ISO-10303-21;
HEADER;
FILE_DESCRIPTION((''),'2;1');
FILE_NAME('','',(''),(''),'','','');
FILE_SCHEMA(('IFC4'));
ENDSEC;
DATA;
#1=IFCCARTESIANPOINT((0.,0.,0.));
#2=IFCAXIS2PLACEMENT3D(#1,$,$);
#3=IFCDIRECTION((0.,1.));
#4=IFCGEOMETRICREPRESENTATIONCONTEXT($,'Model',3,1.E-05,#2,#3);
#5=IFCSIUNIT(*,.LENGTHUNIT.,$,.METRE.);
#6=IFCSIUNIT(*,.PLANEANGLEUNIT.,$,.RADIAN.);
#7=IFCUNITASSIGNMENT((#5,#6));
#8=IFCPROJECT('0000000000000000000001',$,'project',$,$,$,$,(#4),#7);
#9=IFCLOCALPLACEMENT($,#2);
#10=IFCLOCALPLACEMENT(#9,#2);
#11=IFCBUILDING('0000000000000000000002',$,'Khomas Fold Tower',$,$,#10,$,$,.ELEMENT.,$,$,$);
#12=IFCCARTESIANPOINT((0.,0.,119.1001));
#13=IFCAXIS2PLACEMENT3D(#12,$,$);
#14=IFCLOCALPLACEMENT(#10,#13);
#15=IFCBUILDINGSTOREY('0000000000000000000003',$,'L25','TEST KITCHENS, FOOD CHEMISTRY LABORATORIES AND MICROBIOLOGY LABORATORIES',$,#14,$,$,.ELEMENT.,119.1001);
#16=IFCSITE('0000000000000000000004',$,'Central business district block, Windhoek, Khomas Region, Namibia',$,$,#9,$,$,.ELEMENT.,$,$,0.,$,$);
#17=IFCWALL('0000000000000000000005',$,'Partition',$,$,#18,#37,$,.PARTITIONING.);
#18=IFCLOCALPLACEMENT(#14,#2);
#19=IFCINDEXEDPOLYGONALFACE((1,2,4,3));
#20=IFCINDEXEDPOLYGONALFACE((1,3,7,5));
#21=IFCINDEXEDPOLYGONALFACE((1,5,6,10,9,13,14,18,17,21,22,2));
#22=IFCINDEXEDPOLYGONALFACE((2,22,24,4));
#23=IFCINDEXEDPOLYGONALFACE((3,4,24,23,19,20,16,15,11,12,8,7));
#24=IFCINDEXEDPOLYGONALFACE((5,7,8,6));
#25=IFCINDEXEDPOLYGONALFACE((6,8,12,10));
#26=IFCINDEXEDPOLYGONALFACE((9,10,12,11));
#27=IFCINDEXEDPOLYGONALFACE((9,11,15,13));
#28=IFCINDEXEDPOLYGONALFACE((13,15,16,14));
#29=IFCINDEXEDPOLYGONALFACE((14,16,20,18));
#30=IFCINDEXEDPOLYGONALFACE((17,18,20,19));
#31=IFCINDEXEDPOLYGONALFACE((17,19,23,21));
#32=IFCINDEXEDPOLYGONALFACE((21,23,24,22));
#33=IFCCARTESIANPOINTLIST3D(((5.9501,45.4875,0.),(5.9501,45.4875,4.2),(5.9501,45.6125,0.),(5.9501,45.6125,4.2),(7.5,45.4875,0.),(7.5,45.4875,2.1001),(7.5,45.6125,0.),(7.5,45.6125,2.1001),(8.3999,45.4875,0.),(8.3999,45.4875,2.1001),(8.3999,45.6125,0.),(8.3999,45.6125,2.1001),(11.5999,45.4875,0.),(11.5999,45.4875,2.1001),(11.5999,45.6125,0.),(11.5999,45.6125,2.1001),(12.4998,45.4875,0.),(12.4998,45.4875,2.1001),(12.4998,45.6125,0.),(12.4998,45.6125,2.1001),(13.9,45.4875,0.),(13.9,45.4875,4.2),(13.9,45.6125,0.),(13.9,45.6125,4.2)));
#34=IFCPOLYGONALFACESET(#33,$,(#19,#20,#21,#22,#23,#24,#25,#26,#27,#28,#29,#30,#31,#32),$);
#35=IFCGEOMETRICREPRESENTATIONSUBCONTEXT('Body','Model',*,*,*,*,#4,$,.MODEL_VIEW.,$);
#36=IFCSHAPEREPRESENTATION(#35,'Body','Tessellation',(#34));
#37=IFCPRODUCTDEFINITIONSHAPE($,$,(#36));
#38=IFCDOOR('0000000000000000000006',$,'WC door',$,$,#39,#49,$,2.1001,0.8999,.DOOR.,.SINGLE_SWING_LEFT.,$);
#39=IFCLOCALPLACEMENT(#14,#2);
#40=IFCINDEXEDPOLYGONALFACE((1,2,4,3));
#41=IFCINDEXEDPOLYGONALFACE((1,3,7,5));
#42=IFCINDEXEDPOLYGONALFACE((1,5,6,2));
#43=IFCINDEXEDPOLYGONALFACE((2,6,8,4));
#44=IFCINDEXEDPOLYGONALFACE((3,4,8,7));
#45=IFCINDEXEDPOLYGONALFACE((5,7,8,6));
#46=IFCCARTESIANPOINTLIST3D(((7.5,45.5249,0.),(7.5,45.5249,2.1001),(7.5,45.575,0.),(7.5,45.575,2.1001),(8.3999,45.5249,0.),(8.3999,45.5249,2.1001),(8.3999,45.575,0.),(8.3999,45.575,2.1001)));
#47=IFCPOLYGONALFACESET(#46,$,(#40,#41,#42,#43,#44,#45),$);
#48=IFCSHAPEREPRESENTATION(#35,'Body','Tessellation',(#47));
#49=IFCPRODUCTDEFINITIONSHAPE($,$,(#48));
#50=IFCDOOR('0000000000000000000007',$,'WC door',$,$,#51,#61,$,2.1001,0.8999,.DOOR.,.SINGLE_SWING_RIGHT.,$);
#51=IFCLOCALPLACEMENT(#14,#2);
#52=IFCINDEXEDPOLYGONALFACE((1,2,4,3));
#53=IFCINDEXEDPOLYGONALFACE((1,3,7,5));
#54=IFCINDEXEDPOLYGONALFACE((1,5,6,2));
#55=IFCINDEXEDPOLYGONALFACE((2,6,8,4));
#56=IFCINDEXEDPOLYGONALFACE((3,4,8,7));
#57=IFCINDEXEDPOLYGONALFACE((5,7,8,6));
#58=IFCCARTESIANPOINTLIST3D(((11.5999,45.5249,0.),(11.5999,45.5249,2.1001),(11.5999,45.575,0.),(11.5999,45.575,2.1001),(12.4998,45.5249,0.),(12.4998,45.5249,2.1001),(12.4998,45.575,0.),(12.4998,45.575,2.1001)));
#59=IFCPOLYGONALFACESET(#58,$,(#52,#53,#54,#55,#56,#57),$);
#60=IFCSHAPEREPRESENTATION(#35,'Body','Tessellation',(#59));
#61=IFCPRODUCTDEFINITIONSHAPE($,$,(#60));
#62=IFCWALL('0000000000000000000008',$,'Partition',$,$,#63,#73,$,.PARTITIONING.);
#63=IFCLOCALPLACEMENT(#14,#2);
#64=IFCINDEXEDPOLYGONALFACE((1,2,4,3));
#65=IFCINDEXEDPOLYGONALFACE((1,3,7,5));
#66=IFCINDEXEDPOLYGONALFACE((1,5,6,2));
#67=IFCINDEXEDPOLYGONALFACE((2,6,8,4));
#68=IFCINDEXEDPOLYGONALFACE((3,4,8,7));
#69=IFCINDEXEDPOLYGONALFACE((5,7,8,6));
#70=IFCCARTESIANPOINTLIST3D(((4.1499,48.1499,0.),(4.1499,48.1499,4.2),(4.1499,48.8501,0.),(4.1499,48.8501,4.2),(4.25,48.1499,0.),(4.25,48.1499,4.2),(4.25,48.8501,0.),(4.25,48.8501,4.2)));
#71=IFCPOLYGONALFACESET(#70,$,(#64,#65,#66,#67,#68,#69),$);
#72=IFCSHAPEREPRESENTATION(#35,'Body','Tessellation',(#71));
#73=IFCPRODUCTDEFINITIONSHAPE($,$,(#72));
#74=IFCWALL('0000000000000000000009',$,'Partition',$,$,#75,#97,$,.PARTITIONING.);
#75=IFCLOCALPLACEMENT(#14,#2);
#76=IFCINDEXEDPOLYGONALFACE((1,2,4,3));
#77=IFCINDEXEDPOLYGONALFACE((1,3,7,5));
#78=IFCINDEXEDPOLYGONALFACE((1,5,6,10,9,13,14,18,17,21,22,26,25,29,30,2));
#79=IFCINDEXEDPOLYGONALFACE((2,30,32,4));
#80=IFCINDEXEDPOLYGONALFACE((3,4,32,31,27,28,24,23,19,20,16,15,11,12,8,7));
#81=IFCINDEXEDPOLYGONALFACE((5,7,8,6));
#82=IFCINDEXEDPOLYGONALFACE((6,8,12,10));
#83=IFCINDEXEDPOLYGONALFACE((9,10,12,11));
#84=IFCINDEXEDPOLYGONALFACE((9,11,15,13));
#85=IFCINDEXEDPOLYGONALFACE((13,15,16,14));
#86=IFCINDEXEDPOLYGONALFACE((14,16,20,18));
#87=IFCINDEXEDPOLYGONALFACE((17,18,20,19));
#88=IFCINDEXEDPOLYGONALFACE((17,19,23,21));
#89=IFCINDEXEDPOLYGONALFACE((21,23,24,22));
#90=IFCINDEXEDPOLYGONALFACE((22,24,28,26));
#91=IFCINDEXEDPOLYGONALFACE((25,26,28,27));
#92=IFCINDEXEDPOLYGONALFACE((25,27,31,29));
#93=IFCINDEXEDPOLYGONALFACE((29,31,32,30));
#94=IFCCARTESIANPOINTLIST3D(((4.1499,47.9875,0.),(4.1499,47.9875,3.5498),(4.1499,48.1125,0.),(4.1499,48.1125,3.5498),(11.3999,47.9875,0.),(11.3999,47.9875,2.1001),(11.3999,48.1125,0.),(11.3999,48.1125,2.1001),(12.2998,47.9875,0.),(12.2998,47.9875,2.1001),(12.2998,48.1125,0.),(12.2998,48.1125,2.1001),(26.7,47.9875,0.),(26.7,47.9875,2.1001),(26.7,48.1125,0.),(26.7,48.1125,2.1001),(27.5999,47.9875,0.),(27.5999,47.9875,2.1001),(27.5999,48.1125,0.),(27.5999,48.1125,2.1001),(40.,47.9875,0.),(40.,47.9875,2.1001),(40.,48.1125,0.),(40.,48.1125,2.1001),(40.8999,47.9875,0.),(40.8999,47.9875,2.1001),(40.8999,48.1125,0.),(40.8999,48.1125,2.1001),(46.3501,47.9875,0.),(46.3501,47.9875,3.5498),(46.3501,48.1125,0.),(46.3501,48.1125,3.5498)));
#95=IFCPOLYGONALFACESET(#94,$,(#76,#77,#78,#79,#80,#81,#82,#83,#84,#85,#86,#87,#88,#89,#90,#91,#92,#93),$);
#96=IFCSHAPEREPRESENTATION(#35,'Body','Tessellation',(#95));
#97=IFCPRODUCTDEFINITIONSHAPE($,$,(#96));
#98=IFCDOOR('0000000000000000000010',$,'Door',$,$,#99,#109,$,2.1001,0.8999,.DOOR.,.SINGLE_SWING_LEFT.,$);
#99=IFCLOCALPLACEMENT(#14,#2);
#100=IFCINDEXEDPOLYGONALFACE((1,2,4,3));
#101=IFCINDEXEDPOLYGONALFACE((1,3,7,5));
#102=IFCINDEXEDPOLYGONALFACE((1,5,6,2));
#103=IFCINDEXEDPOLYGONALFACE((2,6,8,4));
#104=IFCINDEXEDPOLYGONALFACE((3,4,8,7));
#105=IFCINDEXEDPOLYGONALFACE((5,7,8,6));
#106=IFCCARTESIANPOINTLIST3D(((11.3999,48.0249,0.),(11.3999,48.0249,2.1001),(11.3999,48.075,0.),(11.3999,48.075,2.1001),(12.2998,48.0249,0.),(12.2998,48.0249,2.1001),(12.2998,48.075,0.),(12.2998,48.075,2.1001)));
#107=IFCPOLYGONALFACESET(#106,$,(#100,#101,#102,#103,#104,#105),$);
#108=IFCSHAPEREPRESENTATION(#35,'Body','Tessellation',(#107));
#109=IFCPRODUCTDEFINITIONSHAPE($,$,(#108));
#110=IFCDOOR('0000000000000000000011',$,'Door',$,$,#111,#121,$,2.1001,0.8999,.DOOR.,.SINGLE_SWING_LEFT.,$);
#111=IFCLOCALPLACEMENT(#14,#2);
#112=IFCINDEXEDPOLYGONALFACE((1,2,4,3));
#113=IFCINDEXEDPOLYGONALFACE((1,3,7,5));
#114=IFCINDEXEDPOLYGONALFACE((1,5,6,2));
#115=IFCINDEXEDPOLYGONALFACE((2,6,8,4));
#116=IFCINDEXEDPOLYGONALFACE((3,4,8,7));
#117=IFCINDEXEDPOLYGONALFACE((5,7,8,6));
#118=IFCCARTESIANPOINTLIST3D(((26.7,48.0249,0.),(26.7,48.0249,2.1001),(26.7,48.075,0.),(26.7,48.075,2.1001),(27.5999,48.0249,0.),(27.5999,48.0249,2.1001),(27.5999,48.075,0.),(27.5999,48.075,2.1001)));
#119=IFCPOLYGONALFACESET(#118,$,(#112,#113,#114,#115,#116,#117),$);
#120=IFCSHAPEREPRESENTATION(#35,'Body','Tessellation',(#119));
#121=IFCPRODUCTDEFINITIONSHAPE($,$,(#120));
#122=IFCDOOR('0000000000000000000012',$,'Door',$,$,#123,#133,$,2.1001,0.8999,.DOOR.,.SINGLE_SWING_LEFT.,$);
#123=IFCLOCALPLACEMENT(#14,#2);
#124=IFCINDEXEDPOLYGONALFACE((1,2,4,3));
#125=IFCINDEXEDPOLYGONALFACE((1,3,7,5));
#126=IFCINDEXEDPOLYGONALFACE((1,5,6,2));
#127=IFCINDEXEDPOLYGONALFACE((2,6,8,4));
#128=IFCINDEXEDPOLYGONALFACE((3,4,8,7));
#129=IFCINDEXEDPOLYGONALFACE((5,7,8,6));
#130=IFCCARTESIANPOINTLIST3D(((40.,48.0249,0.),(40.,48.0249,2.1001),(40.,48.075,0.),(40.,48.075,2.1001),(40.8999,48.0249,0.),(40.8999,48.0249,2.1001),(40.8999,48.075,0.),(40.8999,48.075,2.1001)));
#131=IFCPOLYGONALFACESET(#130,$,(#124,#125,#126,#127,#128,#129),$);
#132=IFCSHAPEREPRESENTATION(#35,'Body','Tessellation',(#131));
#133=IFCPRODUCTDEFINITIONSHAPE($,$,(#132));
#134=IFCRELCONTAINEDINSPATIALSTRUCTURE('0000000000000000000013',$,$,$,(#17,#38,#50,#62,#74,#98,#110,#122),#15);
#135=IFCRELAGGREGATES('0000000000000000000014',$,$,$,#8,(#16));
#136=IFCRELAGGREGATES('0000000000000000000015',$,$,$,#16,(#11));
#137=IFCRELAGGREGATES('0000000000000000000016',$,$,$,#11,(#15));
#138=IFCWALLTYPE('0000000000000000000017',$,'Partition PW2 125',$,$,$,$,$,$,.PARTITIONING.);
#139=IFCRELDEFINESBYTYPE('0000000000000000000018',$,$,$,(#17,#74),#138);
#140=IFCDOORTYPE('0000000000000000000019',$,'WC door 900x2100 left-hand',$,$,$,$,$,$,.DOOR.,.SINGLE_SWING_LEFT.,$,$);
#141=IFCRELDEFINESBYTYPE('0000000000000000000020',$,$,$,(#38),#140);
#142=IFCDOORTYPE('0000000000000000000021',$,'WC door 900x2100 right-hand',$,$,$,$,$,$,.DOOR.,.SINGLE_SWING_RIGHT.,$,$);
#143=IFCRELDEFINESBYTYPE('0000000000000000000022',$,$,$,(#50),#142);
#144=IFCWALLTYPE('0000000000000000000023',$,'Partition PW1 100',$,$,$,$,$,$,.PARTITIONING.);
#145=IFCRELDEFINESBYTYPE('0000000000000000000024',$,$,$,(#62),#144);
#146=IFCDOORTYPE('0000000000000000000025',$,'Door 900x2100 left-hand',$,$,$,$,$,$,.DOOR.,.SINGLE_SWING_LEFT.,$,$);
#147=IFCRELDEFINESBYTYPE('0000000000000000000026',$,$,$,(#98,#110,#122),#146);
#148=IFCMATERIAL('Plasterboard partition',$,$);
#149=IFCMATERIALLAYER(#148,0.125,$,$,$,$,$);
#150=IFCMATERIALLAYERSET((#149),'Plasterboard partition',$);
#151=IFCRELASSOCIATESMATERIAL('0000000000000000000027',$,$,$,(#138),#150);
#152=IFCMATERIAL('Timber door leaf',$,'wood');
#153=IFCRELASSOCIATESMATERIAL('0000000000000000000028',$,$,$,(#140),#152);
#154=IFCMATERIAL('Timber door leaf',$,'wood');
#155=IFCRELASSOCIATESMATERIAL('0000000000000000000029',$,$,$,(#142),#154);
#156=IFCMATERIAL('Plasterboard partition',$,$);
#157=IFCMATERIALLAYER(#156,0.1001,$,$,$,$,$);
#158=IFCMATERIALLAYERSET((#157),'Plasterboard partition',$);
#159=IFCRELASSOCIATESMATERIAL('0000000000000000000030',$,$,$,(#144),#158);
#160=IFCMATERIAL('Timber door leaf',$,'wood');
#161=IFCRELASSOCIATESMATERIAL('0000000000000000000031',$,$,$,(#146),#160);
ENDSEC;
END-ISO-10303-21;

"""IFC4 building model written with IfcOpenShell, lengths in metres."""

from ifc_helpers import new_model, si_unit, direction, frame, frame_2d, origin, place, context, subcontext, project, spatial, rectangle, extrude, source, transform, mapped, material, layer, layer_set, type_object, element, fill, save


model = new_model("IFC4")

# Units and contexts
model_context = context("Model", 3, precision=1e-05, world=origin(), true_north=direction((0.0, 1.0)))
body_context = subcontext(model_context, "Body", "Model", "MODEL_VIEW")
ifc_project = project(units=[si_unit("LENGTHUNIT", "METRE"), si_unit("PLANEANGLEUNIT", "RADIAN")], contexts=[model_context])

# Site, building, storey
site_placement = place(None, origin())
site = spatial("IfcSite", under=ifc_project, at=site_placement, Name="Central business district block, Windhoek, Khomas Region, Namibia", CompositionType="ELEMENT", RefElevation=0.0)
building_placement = place(site_placement, origin())
building = spatial("IfcBuilding", under=site, at=building_placement, Name="Khomas Fold Tower", CompositionType="ELEMENT")
storey_placement = place(building_placement, frame((0.0, 0.0, 119.1001)))
storey = spatial("IfcBuildingStorey", under=building, at=storey_placement, Name="L25", Description="TEST KITCHENS, FOOD CHEMISTRY LABORATORIES AND MICROBIOLOGY LABORATORIES", CompositionType="ELEMENT", Elevation=119.1001)

# Wall, openings, doors
ifc_material_1 = material(Name="Plasterboard partition")
ifc_layer_1 = layer(ifc_material_1, 0.125)
ifc_layer_set_1 = layer_set([ifc_layer_1], Name="Plasterboard partition")
wall_type_1 = type_object("IfcWallType", Name="Partition PW2 125", PredefinedType="PARTITIONING", material=ifc_layer_set_1)
shared_shape_1 = source(origin(), body_context, "Body", "SweptSolid", [
    extrude(rectangle(XDim=7.95, YDim=0.125, at=frame_2d((3.9751, 0.0))), origin(), (0.0, 0.0, 1.0), 4.2),
])
wall_1_placement = place(storey_placement, frame((5.95, 45.55, 0.0), z_axis=(0.0, 0.0, 1.0), x_axis=(1.0, 0.0, 0.0)))
wall_1 = element("IfcWall", 1, at=wall_1_placement, inside=storey, type_object=wall_type_1, Name="Partition", PredefinedType="PARTITIONING", context=body_context, shape_type="MappedRepresentation", body=[
    mapped(shared_shape_1, transform((0.0, 0.0, 0.0))),
])
shared_shape_2 = source(origin(), body_context, "Body", "SweptSolid", [
    extrude(rectangle(XDim=0.8999, YDim=2.1001, at=frame_2d((0.45, 1.05))), frame((0.0, 0.0725, 0.0), z_axis=(0.0, -1.0, 0.0), x_axis=(1.0, 0.0, 0.0)), (0.0, 0.0, 1.0), 0.145),
])
opening_1_placement = place(wall_1_placement, frame((1.55, 0.0, 0.0)))
opening_1 = element("IfcOpeningElement", 2, at=opening_1_placement, cuts=wall_1, PredefinedType="OPENING", context=body_context, shape_type="MappedRepresentation", body=[
    mapped(shared_shape_2, transform((0.0, 0.0, 0.0))),
])
opening_2_placement = place(wall_1_placement, frame((5.6499, 0.0, 0.0)))
opening_2 = element("IfcOpeningElement", 3, at=opening_2_placement, cuts=wall_1, PredefinedType="OPENING", context=body_context, shape_type="MappedRepresentation", body=[
    mapped(shared_shape_2, transform((0.0, 0.0, 0.0))),
])
ifc_material_2 = material(Name="Timber door leaf", Category="wood")
door_type_1 = type_object("IfcDoorType", Name="WC door 900x2100 left-hand", OperationType="SINGLE_SWING_LEFT", PredefinedType="DOOR", material=ifc_material_2)
shared_shape_3 = source(origin(), body_context, "Body", "SweptSolid", [
    extrude(rectangle(XDim=0.8999, YDim=2.1001, at=frame_2d((0.45, 1.05))), frame((0.0, 0.0249, 0.0), z_axis=(0.0, -1.0, 0.0), x_axis=(1.0, 0.0, 0.0)), (0.0, 0.0, 1.0), 0.05),
])
door_1_placement = place(opening_1_placement, origin())
door_1 = element("IfcDoor", 4, at=door_1_placement, inside=storey, type_object=door_type_1, Name="WC door", OperationType="SINGLE_SWING_LEFT", OverallHeight=2.1001, OverallWidth=0.8999, PredefinedType="DOOR", context=body_context, shape_type="MappedRepresentation", body=[
    mapped(shared_shape_3, transform((0.0, 0.0, 0.0))),
])
fill(opening_1, door_1)
ifc_material_3 = material(Name="Timber door leaf", Category="wood")
door_type_2 = type_object("IfcDoorType", Name="WC door 900x2100 right-hand", OperationType="SINGLE_SWING_RIGHT", PredefinedType="DOOR", material=ifc_material_3)
door_2_placement = place(opening_2_placement, origin())
door_2 = element("IfcDoor", 5, at=door_2_placement, inside=storey, type_object=door_type_2, Name="WC door", OperationType="SINGLE_SWING_RIGHT", OverallHeight=2.1001, OverallWidth=0.8999, PredefinedType="DOOR", context=body_context, shape_type="MappedRepresentation", body=[
    mapped(shared_shape_3, transform((0.0, 0.0, 0.0))),
])
fill(opening_2, door_2)

# Wall
ifc_material_4 = material(Name="Plasterboard partition")
ifc_layer_2 = layer(ifc_material_4, 0.1001)
ifc_layer_set_2 = layer_set([ifc_layer_2], Name="Plasterboard partition")
wall_type_2 = type_object("IfcWallType", Name="Partition PW1 100", PredefinedType="PARTITIONING", material=ifc_layer_set_2)
shared_shape_4 = source(origin(), body_context, "Body", "SweptSolid", [
    extrude(rectangle(XDim=0.7002, YDim=0.1001, at=frame_2d((0.3501, 0.0))), origin(), (0.0, 0.0, 1.0), 4.2),
])
wall_2_placement = place(storey_placement, frame((4.2, 48.1499, 0.0), z_axis=(0.0, 0.0, 1.0), x_axis=(0.0, 1.0, 0.0)))
element("IfcWall", 6, at=wall_2_placement, inside=storey, type_object=wall_type_2, Name="Partition", PredefinedType="PARTITIONING", context=body_context, shape_type="MappedRepresentation", body=[
    mapped(shared_shape_4, transform((0.0, 0.0, 0.0))),
])

# Wall, openings, doors
shared_shape_5 = source(origin(), body_context, "Body", "SweptSolid", [
    extrude(rectangle(XDim=42.2002, YDim=0.125, at=frame_2d((21.1001, 0.0))), origin(), (0.0, 0.0, 1.0), 3.5498),
])
wall_3_placement = place(storey_placement, frame((4.1499, 48.05, 0.0), z_axis=(0.0, 0.0, 1.0), x_axis=(1.0, 0.0, 0.0)))
wall_3 = element("IfcWall", 7, at=wall_3_placement, inside=storey, type_object=wall_type_1, Name="Partition", PredefinedType="PARTITIONING", context=body_context, shape_type="MappedRepresentation", body=[
    mapped(shared_shape_5, transform((0.0, 0.0, 0.0))),
])
opening_3_placement = place(wall_3_placement, frame((7.25, 0.0, 0.0)))
opening_3 = element("IfcOpeningElement", 8, at=opening_3_placement, cuts=wall_3, PredefinedType="OPENING", context=body_context, shape_type="MappedRepresentation", body=[
    mapped(shared_shape_2, transform((0.0, 0.0, 0.0))),
])
opening_4_placement = place(wall_3_placement, frame((22.55, 0.0, 0.0)))
opening_4 = element("IfcOpeningElement", 9, at=opening_4_placement, cuts=wall_3, PredefinedType="OPENING", context=body_context, shape_type="MappedRepresentation", body=[
    mapped(shared_shape_2, transform((0.0, 0.0, 0.0))),
])
opening_5_placement = place(wall_3_placement, frame((35.8501, 0.0, 0.0)))
opening_5 = element("IfcOpeningElement", 10, at=opening_5_placement, cuts=wall_3, PredefinedType="OPENING", context=body_context, shape_type="MappedRepresentation", body=[
    mapped(shared_shape_2, transform((0.0, 0.0, 0.0))),
])
ifc_material_5 = material(Name="Timber door leaf", Category="wood")
door_type_3 = type_object("IfcDoorType", Name="Door 900x2100 left-hand", OperationType="SINGLE_SWING_LEFT", PredefinedType="DOOR", material=ifc_material_5)
door_3_placement = place(opening_3_placement, origin())
door_3 = element("IfcDoor", 11, at=door_3_placement, inside=storey, type_object=door_type_3, Name="Door", OperationType="SINGLE_SWING_LEFT", OverallHeight=2.1001, OverallWidth=0.8999, PredefinedType="DOOR", context=body_context, shape_type="MappedRepresentation", body=[
    mapped(shared_shape_3, transform((0.0, 0.0, 0.0))),
])
fill(opening_3, door_3)
door_4_placement = place(opening_4_placement, origin())
door_4 = element("IfcDoor", 12, at=door_4_placement, inside=storey, type_object=door_type_3, Name="Door", OperationType="SINGLE_SWING_LEFT", OverallHeight=2.1001, OverallWidth=0.8999, PredefinedType="DOOR", context=body_context, shape_type="MappedRepresentation", body=[
    mapped(shared_shape_3, transform((0.0, 0.0, 0.0))),
])
fill(opening_4, door_4)
door_5_placement = place(opening_5_placement, origin())
door_5 = element("IfcDoor", 13, at=door_5_placement, inside=storey, type_object=door_type_3, Name="Door", OperationType="SINGLE_SWING_LEFT", OverallHeight=2.1001, OverallWidth=0.8999, PredefinedType="DOOR", context=body_context, shape_type="MappedRepresentation", body=[
    mapped(shared_shape_3, transform((0.0, 0.0, 0.0))),
])
fill(opening_5, door_5)

save(model, "model.ifc")
